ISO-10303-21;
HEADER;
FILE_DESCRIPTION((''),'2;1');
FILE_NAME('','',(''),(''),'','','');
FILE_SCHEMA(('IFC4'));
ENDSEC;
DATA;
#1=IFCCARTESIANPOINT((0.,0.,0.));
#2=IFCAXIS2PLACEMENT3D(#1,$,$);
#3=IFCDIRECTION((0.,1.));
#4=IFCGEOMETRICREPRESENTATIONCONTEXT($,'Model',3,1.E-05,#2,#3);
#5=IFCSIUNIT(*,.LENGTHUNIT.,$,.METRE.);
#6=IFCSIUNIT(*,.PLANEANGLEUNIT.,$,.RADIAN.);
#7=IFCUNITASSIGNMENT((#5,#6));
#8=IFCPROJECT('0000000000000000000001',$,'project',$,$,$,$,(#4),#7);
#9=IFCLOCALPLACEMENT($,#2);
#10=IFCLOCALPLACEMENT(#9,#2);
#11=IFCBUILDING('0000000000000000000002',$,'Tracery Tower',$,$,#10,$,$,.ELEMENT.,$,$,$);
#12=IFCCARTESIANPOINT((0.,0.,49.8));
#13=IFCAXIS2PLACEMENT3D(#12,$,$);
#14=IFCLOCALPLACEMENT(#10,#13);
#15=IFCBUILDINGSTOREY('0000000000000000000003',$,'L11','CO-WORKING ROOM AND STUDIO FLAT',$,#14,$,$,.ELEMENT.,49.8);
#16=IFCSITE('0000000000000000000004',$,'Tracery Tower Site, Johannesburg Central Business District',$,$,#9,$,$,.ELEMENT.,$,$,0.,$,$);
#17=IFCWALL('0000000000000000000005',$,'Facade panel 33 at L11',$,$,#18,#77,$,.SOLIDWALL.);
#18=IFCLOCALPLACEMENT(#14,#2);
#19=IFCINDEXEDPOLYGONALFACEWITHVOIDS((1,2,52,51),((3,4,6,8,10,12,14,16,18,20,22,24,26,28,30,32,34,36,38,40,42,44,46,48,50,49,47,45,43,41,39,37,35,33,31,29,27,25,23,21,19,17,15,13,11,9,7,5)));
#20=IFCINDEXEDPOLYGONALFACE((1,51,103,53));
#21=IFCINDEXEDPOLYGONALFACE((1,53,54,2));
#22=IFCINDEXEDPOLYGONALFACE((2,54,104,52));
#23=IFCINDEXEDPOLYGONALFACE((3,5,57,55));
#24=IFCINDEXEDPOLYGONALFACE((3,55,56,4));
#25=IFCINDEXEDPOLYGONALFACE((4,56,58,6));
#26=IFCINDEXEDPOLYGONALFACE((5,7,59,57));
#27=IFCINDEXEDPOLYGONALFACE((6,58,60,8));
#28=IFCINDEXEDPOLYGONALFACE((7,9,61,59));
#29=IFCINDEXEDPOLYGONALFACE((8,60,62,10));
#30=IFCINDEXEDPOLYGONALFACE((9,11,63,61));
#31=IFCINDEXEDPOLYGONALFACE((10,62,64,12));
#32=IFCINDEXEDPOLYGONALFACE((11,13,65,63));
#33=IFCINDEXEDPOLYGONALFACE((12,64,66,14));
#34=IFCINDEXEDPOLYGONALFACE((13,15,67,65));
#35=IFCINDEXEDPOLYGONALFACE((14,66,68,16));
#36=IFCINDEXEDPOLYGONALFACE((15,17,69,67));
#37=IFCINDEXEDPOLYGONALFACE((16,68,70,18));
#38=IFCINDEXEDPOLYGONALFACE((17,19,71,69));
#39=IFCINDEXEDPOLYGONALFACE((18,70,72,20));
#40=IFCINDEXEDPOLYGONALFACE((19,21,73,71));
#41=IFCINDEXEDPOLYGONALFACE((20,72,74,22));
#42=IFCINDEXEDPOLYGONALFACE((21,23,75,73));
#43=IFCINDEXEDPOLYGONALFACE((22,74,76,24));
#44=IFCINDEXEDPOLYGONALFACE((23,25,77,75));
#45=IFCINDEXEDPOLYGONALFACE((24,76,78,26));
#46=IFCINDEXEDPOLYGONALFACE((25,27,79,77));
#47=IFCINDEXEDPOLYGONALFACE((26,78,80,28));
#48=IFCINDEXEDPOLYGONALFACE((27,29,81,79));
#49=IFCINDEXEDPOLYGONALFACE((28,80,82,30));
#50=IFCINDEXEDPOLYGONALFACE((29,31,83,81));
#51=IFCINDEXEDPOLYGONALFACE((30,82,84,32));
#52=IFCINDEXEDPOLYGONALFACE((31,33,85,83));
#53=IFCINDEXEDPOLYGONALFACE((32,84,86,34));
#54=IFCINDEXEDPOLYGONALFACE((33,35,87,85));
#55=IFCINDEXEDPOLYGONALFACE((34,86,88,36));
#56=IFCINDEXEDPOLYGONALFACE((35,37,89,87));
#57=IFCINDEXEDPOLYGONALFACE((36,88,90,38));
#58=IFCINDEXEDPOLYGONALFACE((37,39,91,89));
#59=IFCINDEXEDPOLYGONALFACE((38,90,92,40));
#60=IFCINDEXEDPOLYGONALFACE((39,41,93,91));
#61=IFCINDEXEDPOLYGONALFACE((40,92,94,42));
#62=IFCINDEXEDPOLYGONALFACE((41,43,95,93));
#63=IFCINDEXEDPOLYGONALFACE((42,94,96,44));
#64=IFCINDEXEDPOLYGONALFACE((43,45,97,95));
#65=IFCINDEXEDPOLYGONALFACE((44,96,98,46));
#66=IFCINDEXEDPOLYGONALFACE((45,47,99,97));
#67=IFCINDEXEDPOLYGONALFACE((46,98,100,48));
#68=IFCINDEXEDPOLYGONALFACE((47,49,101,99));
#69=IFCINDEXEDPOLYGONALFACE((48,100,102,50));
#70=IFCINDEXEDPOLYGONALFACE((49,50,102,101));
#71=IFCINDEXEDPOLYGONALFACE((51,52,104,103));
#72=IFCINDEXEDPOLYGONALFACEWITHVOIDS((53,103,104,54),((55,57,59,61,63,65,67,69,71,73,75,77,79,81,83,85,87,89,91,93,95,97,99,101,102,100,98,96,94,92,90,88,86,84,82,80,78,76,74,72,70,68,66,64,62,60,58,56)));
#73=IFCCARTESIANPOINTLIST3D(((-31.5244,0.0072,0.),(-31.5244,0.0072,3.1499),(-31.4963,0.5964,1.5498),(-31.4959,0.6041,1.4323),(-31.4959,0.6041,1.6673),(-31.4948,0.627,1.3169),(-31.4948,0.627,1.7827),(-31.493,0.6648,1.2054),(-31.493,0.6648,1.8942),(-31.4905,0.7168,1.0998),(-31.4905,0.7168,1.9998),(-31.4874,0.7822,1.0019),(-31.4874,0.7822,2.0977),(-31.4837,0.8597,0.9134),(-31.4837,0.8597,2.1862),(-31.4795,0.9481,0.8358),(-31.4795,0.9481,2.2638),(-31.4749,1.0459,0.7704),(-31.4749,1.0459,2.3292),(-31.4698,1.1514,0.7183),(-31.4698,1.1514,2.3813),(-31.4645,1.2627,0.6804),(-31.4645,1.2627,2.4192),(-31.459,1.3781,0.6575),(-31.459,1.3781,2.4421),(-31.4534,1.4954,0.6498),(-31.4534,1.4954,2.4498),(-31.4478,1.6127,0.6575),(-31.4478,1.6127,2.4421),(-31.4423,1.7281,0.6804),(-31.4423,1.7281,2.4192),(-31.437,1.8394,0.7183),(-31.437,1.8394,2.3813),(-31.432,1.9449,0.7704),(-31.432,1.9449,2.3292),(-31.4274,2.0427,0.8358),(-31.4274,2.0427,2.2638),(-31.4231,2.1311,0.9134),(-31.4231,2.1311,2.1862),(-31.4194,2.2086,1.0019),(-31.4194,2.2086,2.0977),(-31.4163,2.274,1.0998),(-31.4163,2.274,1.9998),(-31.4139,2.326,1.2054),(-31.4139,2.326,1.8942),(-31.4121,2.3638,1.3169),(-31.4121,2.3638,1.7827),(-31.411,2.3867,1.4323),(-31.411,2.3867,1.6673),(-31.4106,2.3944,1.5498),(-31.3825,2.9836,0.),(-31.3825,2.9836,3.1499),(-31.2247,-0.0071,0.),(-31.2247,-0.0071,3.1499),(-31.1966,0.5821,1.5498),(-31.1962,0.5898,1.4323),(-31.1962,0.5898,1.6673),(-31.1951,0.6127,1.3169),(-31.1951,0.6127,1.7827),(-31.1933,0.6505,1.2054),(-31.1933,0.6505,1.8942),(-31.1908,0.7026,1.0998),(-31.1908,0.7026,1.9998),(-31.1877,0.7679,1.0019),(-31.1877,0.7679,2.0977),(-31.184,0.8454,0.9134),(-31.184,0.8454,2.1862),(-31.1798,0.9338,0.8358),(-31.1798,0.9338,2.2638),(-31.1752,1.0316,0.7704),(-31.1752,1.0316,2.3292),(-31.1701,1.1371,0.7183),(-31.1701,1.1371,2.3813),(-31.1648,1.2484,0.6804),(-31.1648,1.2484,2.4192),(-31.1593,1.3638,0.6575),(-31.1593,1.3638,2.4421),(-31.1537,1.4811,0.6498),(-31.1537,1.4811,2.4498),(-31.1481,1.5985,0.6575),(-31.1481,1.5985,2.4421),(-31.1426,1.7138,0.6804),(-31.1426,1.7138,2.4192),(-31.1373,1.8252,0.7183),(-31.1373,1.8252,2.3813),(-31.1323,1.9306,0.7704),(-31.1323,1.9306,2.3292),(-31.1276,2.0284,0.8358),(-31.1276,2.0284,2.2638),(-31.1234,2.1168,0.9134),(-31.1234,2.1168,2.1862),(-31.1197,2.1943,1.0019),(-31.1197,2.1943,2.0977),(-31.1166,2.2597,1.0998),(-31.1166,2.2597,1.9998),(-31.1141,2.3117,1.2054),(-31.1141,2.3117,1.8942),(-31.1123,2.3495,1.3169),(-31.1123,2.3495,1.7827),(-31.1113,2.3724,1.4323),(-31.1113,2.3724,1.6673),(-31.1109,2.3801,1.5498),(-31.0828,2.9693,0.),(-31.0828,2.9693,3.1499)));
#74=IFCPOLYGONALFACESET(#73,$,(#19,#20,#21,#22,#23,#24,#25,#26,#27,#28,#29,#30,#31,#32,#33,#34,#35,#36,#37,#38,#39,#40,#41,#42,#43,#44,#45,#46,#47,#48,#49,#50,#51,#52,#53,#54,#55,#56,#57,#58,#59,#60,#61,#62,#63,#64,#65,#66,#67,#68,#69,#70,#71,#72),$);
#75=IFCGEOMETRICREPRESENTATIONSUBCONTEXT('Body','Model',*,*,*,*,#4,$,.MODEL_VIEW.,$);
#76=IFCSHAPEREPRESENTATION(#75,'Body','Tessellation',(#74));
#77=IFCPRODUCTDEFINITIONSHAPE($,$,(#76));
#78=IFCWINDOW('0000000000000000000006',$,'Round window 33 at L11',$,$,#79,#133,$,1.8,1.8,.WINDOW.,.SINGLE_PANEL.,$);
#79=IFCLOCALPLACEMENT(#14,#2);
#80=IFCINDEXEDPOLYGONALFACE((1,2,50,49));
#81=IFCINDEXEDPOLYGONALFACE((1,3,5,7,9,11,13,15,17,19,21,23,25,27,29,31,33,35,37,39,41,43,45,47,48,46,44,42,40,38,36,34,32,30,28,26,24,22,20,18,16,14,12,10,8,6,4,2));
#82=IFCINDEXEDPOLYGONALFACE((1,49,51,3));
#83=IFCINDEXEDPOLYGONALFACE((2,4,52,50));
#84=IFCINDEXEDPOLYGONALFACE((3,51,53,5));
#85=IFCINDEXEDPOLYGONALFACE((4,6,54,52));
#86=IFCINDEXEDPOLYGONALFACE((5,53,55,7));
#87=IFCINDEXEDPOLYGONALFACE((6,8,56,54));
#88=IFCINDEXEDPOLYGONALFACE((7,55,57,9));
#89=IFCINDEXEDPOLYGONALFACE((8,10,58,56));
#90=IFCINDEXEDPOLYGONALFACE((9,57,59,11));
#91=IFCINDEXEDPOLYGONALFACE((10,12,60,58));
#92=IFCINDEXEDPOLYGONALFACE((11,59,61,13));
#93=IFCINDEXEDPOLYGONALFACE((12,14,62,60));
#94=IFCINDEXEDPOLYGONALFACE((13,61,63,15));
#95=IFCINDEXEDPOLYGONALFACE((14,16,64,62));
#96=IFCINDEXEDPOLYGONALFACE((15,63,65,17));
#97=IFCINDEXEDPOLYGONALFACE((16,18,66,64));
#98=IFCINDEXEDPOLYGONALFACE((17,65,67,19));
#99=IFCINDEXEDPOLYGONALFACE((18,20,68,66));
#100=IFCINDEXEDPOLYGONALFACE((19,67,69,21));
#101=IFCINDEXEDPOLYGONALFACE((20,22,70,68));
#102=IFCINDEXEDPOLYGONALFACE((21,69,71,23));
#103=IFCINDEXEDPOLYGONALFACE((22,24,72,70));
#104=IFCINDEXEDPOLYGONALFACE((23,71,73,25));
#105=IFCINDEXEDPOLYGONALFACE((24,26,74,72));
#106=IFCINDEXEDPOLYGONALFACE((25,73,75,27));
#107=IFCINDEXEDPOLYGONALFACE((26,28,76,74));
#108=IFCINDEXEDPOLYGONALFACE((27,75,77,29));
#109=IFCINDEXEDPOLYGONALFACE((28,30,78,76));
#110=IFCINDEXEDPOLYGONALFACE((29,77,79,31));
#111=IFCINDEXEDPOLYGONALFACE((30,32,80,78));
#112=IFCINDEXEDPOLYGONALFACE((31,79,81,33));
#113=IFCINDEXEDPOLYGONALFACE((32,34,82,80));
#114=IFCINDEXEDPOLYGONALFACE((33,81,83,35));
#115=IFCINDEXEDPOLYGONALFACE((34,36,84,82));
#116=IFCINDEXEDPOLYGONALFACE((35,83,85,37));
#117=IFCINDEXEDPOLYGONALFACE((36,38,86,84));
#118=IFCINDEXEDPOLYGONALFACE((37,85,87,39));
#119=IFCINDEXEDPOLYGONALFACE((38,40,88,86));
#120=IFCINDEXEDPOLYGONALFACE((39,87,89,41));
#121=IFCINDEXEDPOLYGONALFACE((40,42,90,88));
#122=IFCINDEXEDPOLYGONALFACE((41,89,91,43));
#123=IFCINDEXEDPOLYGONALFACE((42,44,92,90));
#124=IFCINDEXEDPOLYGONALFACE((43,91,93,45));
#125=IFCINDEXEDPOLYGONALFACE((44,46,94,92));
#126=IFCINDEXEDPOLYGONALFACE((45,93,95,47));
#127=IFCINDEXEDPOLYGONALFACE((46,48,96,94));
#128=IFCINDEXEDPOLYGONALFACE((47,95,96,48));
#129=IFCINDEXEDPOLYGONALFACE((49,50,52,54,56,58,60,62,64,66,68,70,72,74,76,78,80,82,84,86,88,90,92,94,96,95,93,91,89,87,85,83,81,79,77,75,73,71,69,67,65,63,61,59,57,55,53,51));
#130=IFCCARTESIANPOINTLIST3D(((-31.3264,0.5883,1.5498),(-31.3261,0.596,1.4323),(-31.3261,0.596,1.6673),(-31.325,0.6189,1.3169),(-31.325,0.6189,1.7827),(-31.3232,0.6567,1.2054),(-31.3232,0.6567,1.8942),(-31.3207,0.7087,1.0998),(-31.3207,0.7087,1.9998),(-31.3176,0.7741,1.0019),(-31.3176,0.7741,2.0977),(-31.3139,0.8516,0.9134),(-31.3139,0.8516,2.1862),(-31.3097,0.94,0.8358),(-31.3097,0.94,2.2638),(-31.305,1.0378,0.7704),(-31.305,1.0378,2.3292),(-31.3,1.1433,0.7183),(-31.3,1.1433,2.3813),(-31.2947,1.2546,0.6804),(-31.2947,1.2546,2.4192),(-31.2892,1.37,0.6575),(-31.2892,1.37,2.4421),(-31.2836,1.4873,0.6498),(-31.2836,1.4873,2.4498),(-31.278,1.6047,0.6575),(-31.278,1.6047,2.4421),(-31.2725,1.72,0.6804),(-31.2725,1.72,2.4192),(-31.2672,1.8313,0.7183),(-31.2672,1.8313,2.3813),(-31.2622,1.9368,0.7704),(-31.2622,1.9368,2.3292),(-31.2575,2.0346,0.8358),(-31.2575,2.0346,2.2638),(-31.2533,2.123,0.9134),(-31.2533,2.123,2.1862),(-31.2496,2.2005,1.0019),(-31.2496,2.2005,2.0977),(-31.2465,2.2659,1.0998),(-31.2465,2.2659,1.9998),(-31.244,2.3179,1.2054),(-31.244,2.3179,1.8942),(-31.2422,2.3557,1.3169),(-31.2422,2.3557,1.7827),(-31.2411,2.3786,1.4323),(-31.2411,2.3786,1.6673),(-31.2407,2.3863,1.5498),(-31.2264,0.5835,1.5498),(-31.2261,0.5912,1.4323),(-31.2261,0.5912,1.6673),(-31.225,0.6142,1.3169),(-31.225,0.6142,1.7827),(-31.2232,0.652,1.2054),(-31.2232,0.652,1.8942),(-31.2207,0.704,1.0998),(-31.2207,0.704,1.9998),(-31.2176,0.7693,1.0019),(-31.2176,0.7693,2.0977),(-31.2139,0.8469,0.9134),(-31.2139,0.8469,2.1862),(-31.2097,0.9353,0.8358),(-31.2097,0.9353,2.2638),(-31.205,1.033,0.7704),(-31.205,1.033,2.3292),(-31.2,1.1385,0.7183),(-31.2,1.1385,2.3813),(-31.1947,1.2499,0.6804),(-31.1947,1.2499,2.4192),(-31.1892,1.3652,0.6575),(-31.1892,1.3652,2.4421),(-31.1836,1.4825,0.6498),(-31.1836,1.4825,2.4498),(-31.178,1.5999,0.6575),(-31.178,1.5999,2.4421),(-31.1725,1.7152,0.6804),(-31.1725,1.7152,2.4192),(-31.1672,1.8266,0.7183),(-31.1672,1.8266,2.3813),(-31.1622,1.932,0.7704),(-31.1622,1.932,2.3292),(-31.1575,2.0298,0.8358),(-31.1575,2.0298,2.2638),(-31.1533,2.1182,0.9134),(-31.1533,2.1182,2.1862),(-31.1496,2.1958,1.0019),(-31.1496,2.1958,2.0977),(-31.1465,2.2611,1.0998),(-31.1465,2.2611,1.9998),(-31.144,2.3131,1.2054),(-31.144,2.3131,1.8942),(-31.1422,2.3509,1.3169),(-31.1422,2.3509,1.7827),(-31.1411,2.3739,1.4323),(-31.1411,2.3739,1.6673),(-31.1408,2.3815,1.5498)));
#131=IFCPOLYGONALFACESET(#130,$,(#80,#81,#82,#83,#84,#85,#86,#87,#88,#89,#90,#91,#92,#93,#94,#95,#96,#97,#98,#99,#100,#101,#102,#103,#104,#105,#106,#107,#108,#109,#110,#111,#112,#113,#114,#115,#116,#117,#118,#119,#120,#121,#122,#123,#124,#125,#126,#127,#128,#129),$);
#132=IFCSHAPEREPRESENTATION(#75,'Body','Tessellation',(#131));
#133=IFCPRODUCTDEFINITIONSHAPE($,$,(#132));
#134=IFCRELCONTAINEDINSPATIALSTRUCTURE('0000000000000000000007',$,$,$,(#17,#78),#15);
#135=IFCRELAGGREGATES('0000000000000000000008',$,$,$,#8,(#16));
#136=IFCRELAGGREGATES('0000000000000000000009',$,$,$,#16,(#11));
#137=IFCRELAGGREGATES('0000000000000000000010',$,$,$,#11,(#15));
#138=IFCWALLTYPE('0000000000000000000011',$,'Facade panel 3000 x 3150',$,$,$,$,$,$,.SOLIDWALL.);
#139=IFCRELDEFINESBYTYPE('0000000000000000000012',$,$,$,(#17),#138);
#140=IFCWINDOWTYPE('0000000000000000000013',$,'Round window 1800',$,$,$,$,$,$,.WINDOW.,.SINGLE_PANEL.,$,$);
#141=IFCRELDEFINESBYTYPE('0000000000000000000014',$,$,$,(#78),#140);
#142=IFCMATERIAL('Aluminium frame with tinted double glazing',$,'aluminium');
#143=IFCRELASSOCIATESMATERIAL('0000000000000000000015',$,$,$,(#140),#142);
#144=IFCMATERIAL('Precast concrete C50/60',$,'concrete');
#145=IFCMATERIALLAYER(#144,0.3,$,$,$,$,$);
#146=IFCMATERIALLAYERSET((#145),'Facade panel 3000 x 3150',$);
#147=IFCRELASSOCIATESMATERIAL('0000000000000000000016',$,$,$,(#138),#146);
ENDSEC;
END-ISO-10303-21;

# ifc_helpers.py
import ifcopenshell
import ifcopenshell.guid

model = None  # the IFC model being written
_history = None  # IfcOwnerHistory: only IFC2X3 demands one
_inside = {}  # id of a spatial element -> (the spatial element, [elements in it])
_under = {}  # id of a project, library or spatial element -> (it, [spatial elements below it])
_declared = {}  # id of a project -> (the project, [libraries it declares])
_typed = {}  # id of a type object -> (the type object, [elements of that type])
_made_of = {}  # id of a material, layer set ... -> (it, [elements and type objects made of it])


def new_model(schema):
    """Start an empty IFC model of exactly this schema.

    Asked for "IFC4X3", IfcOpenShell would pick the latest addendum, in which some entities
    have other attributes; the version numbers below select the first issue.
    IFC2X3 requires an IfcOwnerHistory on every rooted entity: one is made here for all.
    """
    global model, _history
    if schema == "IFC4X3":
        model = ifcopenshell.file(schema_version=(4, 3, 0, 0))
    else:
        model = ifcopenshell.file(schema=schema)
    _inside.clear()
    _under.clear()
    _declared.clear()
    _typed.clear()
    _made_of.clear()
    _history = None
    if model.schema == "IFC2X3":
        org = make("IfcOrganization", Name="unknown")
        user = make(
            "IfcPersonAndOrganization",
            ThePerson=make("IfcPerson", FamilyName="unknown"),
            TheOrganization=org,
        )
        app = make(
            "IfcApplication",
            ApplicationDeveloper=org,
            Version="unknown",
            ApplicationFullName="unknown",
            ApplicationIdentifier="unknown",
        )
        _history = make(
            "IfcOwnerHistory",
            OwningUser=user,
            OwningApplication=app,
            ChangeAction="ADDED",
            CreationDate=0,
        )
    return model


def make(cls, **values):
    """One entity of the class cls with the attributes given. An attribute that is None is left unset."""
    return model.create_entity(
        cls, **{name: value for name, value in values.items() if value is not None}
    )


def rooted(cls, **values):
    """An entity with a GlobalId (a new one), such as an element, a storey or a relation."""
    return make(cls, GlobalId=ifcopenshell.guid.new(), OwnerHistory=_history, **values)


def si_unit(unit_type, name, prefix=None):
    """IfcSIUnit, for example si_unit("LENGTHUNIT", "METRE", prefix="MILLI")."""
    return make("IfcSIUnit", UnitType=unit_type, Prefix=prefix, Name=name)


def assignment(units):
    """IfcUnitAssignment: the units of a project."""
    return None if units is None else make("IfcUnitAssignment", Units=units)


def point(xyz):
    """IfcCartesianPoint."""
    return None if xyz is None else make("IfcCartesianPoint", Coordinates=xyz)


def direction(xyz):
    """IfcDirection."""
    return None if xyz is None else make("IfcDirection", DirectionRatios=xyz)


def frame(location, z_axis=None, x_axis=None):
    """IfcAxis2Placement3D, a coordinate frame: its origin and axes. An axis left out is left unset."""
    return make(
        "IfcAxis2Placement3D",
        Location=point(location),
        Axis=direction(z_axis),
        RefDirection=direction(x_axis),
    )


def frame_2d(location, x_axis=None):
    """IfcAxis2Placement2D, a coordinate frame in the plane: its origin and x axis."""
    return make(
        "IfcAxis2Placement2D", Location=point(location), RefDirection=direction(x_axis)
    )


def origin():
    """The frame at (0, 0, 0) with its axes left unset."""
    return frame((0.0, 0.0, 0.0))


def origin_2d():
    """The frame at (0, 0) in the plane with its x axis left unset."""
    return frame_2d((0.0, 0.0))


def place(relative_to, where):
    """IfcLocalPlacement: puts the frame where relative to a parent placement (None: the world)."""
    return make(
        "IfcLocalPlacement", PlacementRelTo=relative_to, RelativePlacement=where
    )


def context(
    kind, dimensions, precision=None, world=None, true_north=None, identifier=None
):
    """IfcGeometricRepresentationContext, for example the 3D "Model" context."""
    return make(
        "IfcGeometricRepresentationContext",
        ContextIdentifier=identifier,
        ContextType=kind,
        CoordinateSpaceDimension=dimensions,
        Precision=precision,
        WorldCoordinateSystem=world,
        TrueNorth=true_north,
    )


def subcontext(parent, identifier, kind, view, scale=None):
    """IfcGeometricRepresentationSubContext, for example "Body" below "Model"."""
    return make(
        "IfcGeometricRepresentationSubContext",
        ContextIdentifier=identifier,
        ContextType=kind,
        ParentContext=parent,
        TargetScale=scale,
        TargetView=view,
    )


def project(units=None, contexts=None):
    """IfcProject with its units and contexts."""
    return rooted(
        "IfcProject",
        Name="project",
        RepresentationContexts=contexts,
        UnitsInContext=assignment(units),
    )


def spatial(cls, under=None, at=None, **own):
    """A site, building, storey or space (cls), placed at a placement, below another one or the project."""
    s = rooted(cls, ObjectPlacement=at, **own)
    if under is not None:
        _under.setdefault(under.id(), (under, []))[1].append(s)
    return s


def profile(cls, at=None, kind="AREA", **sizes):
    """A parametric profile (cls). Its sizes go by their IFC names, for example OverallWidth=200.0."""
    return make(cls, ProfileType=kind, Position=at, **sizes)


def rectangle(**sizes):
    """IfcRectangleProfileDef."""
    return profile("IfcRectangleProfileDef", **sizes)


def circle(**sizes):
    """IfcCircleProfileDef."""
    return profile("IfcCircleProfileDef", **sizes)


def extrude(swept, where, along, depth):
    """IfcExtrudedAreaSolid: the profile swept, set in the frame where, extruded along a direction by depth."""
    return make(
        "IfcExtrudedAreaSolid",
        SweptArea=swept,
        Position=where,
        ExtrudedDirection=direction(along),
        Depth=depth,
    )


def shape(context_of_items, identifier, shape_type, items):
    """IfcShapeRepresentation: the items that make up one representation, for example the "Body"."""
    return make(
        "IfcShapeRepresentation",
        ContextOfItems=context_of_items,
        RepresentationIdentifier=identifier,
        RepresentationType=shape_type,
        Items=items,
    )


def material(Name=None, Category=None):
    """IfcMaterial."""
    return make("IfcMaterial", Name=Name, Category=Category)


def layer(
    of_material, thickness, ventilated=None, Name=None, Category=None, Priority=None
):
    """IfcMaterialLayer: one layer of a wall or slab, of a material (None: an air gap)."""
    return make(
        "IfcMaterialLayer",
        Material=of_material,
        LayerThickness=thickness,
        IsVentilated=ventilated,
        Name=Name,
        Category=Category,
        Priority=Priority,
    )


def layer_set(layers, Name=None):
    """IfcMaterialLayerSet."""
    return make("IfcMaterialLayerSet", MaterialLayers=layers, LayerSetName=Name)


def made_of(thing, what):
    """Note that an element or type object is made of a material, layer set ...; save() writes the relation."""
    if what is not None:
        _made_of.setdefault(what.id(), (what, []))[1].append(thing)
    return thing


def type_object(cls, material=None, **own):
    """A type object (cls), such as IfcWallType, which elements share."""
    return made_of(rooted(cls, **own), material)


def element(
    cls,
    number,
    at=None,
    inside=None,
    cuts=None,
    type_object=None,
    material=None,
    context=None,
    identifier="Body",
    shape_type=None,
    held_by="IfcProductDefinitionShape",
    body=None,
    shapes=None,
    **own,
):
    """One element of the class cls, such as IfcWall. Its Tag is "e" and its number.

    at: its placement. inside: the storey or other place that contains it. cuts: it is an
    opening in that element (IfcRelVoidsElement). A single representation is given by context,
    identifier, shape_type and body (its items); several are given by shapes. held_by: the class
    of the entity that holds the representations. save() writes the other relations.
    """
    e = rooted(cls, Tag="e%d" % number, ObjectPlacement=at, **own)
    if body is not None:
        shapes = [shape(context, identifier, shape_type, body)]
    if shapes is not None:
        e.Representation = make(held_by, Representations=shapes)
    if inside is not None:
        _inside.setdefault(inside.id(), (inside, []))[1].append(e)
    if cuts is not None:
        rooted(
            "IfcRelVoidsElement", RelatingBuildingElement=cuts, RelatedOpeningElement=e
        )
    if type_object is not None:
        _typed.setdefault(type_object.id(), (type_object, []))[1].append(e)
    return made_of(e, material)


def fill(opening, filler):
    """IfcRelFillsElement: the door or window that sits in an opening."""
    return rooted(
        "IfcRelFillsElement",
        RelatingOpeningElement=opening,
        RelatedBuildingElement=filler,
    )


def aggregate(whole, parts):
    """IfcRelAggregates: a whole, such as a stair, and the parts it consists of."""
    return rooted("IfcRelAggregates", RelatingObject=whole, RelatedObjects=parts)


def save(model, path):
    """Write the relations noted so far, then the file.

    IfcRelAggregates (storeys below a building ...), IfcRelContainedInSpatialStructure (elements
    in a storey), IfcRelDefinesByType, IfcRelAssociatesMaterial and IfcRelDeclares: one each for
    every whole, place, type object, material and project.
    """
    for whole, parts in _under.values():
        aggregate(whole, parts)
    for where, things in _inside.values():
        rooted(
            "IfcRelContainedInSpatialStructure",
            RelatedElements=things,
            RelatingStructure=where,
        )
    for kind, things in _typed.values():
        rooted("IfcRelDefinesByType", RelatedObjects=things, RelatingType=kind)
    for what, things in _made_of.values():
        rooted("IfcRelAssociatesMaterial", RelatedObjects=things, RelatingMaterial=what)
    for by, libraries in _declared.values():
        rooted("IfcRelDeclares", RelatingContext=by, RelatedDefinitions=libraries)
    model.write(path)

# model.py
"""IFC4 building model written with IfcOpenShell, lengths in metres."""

from ifc_helpers import new_model, si_unit, direction, frame, frame_2d, origin, origin_2d, place, context, subcontext, project, spatial, rectangle, circle, extrude, material, layer, layer_set, type_object, element, fill, save


model = new_model("IFC4")

# Units and contexts
model_context = context("Model", 3, precision=1e-05, world=origin(), true_north=direction((0.0, 1.0)))
body_context = subcontext(model_context, "Body", "Model", "MODEL_VIEW")
ifc_project = project(units=[si_unit("LENGTHUNIT", "METRE"), si_unit("PLANEANGLEUNIT", "RADIAN")], contexts=[model_context])

# Site, building, storey
site_placement = place(None, origin())
site = spatial("IfcSite", under=ifc_project, at=site_placement, Name="Tracery Tower Site, Johannesburg Central Business District", CompositionType="ELEMENT", RefElevation=0.0)
building_placement = place(site_placement, origin())
building = spatial("IfcBuilding", under=site, at=building_placement, Name="Tracery Tower", CompositionType="ELEMENT")
storey_placement = place(building_placement, frame((0.0, 0.0, 49.8)))
storey = spatial("IfcBuildingStorey", under=building, at=storey_placement, Name="L11", Description="CO-WORKING ROOM AND STUDIO FLAT", CompositionType="ELEMENT", Elevation=49.8)

# Wall, opening, window
ifc_material_1 = material(Name="Aluminium frame with tinted double glazing", Category="aluminium")
window_type = type_object("IfcWindowType", Name="Round window 1800", PartitioningType="SINGLE_PANEL", PredefinedType="WINDOW", material=ifc_material_1)
ifc_material_2 = material(Name="Precast concrete C50/60", Category="concrete")
ifc_layer_1 = layer(ifc_material_2, 0.3)
ifc_layer_set_1 = layer_set([ifc_layer_1], Name="Facade panel 3000 x 3150")
wall_type_1 = type_object("IfcWallType", Name="Facade panel 3000 x 3150", PredefinedType="SOLIDWALL", material=ifc_layer_set_1)
wall_1_placement = place(storey_placement, frame((-31.2327, 2.9763, 0.0), z_axis=(0.0, 0.0, 1.0), x_axis=(-0.047604, -0.998866, 0.0)))
wall_1 = element("IfcWall", 1, at=wall_1_placement, inside=storey, type_object=wall_type_1, Name="Facade panel 33 at L11", PredefinedType="SOLIDWALL", context=body_context, shape_type="SweptSolid", body=[
    extrude(rectangle(XDim=2.9797, YDim=0.3, at=frame_2d((1.4897, 0.0))), origin(), (0.0, 0.0, 1.0), 3.1499),
])
opening_1_placement = place(wall_1_placement, frame((1.4897, 0.0, 1.5498)))
opening_1 = element("IfcOpeningElement", 2, at=opening_1_placement, cuts=wall_1, PredefinedType="OPENING", context=body_context, shape_type="SweptSolid", body=[
    extrude(circle(Radius=0.9, at=origin_2d()), frame((0.0, 0.1599, 0.0), z_axis=(0.0, -1.0, 0.0), x_axis=(1.0, 0.0, 0.0)), (0.0, 0.0, 1.0), 0.3201),
])
window_1_placement = place(opening_1_placement, origin())
window_1 = element("IfcWindow", 3, at=window_1_placement, inside=storey, type_object=window_type, Name="Round window 33 at L11", OverallHeight=1.8, OverallWidth=1.8, PartitioningType="SINGLE_PANEL", PredefinedType="WINDOW", context=body_context, shape_type="SweptSolid", body=[
    extrude(circle(Radius=0.9, at=origin_2d()), frame((0.0, 0.1201, 0.0), z_axis=(0.0, -1.0, 0.0), x_axis=(1.0, 0.0, 0.0)), (0.0, 0.0, 1.0), 0.1001),
])
fill(opening_1, window_1)

save(model, "model.ifc")
